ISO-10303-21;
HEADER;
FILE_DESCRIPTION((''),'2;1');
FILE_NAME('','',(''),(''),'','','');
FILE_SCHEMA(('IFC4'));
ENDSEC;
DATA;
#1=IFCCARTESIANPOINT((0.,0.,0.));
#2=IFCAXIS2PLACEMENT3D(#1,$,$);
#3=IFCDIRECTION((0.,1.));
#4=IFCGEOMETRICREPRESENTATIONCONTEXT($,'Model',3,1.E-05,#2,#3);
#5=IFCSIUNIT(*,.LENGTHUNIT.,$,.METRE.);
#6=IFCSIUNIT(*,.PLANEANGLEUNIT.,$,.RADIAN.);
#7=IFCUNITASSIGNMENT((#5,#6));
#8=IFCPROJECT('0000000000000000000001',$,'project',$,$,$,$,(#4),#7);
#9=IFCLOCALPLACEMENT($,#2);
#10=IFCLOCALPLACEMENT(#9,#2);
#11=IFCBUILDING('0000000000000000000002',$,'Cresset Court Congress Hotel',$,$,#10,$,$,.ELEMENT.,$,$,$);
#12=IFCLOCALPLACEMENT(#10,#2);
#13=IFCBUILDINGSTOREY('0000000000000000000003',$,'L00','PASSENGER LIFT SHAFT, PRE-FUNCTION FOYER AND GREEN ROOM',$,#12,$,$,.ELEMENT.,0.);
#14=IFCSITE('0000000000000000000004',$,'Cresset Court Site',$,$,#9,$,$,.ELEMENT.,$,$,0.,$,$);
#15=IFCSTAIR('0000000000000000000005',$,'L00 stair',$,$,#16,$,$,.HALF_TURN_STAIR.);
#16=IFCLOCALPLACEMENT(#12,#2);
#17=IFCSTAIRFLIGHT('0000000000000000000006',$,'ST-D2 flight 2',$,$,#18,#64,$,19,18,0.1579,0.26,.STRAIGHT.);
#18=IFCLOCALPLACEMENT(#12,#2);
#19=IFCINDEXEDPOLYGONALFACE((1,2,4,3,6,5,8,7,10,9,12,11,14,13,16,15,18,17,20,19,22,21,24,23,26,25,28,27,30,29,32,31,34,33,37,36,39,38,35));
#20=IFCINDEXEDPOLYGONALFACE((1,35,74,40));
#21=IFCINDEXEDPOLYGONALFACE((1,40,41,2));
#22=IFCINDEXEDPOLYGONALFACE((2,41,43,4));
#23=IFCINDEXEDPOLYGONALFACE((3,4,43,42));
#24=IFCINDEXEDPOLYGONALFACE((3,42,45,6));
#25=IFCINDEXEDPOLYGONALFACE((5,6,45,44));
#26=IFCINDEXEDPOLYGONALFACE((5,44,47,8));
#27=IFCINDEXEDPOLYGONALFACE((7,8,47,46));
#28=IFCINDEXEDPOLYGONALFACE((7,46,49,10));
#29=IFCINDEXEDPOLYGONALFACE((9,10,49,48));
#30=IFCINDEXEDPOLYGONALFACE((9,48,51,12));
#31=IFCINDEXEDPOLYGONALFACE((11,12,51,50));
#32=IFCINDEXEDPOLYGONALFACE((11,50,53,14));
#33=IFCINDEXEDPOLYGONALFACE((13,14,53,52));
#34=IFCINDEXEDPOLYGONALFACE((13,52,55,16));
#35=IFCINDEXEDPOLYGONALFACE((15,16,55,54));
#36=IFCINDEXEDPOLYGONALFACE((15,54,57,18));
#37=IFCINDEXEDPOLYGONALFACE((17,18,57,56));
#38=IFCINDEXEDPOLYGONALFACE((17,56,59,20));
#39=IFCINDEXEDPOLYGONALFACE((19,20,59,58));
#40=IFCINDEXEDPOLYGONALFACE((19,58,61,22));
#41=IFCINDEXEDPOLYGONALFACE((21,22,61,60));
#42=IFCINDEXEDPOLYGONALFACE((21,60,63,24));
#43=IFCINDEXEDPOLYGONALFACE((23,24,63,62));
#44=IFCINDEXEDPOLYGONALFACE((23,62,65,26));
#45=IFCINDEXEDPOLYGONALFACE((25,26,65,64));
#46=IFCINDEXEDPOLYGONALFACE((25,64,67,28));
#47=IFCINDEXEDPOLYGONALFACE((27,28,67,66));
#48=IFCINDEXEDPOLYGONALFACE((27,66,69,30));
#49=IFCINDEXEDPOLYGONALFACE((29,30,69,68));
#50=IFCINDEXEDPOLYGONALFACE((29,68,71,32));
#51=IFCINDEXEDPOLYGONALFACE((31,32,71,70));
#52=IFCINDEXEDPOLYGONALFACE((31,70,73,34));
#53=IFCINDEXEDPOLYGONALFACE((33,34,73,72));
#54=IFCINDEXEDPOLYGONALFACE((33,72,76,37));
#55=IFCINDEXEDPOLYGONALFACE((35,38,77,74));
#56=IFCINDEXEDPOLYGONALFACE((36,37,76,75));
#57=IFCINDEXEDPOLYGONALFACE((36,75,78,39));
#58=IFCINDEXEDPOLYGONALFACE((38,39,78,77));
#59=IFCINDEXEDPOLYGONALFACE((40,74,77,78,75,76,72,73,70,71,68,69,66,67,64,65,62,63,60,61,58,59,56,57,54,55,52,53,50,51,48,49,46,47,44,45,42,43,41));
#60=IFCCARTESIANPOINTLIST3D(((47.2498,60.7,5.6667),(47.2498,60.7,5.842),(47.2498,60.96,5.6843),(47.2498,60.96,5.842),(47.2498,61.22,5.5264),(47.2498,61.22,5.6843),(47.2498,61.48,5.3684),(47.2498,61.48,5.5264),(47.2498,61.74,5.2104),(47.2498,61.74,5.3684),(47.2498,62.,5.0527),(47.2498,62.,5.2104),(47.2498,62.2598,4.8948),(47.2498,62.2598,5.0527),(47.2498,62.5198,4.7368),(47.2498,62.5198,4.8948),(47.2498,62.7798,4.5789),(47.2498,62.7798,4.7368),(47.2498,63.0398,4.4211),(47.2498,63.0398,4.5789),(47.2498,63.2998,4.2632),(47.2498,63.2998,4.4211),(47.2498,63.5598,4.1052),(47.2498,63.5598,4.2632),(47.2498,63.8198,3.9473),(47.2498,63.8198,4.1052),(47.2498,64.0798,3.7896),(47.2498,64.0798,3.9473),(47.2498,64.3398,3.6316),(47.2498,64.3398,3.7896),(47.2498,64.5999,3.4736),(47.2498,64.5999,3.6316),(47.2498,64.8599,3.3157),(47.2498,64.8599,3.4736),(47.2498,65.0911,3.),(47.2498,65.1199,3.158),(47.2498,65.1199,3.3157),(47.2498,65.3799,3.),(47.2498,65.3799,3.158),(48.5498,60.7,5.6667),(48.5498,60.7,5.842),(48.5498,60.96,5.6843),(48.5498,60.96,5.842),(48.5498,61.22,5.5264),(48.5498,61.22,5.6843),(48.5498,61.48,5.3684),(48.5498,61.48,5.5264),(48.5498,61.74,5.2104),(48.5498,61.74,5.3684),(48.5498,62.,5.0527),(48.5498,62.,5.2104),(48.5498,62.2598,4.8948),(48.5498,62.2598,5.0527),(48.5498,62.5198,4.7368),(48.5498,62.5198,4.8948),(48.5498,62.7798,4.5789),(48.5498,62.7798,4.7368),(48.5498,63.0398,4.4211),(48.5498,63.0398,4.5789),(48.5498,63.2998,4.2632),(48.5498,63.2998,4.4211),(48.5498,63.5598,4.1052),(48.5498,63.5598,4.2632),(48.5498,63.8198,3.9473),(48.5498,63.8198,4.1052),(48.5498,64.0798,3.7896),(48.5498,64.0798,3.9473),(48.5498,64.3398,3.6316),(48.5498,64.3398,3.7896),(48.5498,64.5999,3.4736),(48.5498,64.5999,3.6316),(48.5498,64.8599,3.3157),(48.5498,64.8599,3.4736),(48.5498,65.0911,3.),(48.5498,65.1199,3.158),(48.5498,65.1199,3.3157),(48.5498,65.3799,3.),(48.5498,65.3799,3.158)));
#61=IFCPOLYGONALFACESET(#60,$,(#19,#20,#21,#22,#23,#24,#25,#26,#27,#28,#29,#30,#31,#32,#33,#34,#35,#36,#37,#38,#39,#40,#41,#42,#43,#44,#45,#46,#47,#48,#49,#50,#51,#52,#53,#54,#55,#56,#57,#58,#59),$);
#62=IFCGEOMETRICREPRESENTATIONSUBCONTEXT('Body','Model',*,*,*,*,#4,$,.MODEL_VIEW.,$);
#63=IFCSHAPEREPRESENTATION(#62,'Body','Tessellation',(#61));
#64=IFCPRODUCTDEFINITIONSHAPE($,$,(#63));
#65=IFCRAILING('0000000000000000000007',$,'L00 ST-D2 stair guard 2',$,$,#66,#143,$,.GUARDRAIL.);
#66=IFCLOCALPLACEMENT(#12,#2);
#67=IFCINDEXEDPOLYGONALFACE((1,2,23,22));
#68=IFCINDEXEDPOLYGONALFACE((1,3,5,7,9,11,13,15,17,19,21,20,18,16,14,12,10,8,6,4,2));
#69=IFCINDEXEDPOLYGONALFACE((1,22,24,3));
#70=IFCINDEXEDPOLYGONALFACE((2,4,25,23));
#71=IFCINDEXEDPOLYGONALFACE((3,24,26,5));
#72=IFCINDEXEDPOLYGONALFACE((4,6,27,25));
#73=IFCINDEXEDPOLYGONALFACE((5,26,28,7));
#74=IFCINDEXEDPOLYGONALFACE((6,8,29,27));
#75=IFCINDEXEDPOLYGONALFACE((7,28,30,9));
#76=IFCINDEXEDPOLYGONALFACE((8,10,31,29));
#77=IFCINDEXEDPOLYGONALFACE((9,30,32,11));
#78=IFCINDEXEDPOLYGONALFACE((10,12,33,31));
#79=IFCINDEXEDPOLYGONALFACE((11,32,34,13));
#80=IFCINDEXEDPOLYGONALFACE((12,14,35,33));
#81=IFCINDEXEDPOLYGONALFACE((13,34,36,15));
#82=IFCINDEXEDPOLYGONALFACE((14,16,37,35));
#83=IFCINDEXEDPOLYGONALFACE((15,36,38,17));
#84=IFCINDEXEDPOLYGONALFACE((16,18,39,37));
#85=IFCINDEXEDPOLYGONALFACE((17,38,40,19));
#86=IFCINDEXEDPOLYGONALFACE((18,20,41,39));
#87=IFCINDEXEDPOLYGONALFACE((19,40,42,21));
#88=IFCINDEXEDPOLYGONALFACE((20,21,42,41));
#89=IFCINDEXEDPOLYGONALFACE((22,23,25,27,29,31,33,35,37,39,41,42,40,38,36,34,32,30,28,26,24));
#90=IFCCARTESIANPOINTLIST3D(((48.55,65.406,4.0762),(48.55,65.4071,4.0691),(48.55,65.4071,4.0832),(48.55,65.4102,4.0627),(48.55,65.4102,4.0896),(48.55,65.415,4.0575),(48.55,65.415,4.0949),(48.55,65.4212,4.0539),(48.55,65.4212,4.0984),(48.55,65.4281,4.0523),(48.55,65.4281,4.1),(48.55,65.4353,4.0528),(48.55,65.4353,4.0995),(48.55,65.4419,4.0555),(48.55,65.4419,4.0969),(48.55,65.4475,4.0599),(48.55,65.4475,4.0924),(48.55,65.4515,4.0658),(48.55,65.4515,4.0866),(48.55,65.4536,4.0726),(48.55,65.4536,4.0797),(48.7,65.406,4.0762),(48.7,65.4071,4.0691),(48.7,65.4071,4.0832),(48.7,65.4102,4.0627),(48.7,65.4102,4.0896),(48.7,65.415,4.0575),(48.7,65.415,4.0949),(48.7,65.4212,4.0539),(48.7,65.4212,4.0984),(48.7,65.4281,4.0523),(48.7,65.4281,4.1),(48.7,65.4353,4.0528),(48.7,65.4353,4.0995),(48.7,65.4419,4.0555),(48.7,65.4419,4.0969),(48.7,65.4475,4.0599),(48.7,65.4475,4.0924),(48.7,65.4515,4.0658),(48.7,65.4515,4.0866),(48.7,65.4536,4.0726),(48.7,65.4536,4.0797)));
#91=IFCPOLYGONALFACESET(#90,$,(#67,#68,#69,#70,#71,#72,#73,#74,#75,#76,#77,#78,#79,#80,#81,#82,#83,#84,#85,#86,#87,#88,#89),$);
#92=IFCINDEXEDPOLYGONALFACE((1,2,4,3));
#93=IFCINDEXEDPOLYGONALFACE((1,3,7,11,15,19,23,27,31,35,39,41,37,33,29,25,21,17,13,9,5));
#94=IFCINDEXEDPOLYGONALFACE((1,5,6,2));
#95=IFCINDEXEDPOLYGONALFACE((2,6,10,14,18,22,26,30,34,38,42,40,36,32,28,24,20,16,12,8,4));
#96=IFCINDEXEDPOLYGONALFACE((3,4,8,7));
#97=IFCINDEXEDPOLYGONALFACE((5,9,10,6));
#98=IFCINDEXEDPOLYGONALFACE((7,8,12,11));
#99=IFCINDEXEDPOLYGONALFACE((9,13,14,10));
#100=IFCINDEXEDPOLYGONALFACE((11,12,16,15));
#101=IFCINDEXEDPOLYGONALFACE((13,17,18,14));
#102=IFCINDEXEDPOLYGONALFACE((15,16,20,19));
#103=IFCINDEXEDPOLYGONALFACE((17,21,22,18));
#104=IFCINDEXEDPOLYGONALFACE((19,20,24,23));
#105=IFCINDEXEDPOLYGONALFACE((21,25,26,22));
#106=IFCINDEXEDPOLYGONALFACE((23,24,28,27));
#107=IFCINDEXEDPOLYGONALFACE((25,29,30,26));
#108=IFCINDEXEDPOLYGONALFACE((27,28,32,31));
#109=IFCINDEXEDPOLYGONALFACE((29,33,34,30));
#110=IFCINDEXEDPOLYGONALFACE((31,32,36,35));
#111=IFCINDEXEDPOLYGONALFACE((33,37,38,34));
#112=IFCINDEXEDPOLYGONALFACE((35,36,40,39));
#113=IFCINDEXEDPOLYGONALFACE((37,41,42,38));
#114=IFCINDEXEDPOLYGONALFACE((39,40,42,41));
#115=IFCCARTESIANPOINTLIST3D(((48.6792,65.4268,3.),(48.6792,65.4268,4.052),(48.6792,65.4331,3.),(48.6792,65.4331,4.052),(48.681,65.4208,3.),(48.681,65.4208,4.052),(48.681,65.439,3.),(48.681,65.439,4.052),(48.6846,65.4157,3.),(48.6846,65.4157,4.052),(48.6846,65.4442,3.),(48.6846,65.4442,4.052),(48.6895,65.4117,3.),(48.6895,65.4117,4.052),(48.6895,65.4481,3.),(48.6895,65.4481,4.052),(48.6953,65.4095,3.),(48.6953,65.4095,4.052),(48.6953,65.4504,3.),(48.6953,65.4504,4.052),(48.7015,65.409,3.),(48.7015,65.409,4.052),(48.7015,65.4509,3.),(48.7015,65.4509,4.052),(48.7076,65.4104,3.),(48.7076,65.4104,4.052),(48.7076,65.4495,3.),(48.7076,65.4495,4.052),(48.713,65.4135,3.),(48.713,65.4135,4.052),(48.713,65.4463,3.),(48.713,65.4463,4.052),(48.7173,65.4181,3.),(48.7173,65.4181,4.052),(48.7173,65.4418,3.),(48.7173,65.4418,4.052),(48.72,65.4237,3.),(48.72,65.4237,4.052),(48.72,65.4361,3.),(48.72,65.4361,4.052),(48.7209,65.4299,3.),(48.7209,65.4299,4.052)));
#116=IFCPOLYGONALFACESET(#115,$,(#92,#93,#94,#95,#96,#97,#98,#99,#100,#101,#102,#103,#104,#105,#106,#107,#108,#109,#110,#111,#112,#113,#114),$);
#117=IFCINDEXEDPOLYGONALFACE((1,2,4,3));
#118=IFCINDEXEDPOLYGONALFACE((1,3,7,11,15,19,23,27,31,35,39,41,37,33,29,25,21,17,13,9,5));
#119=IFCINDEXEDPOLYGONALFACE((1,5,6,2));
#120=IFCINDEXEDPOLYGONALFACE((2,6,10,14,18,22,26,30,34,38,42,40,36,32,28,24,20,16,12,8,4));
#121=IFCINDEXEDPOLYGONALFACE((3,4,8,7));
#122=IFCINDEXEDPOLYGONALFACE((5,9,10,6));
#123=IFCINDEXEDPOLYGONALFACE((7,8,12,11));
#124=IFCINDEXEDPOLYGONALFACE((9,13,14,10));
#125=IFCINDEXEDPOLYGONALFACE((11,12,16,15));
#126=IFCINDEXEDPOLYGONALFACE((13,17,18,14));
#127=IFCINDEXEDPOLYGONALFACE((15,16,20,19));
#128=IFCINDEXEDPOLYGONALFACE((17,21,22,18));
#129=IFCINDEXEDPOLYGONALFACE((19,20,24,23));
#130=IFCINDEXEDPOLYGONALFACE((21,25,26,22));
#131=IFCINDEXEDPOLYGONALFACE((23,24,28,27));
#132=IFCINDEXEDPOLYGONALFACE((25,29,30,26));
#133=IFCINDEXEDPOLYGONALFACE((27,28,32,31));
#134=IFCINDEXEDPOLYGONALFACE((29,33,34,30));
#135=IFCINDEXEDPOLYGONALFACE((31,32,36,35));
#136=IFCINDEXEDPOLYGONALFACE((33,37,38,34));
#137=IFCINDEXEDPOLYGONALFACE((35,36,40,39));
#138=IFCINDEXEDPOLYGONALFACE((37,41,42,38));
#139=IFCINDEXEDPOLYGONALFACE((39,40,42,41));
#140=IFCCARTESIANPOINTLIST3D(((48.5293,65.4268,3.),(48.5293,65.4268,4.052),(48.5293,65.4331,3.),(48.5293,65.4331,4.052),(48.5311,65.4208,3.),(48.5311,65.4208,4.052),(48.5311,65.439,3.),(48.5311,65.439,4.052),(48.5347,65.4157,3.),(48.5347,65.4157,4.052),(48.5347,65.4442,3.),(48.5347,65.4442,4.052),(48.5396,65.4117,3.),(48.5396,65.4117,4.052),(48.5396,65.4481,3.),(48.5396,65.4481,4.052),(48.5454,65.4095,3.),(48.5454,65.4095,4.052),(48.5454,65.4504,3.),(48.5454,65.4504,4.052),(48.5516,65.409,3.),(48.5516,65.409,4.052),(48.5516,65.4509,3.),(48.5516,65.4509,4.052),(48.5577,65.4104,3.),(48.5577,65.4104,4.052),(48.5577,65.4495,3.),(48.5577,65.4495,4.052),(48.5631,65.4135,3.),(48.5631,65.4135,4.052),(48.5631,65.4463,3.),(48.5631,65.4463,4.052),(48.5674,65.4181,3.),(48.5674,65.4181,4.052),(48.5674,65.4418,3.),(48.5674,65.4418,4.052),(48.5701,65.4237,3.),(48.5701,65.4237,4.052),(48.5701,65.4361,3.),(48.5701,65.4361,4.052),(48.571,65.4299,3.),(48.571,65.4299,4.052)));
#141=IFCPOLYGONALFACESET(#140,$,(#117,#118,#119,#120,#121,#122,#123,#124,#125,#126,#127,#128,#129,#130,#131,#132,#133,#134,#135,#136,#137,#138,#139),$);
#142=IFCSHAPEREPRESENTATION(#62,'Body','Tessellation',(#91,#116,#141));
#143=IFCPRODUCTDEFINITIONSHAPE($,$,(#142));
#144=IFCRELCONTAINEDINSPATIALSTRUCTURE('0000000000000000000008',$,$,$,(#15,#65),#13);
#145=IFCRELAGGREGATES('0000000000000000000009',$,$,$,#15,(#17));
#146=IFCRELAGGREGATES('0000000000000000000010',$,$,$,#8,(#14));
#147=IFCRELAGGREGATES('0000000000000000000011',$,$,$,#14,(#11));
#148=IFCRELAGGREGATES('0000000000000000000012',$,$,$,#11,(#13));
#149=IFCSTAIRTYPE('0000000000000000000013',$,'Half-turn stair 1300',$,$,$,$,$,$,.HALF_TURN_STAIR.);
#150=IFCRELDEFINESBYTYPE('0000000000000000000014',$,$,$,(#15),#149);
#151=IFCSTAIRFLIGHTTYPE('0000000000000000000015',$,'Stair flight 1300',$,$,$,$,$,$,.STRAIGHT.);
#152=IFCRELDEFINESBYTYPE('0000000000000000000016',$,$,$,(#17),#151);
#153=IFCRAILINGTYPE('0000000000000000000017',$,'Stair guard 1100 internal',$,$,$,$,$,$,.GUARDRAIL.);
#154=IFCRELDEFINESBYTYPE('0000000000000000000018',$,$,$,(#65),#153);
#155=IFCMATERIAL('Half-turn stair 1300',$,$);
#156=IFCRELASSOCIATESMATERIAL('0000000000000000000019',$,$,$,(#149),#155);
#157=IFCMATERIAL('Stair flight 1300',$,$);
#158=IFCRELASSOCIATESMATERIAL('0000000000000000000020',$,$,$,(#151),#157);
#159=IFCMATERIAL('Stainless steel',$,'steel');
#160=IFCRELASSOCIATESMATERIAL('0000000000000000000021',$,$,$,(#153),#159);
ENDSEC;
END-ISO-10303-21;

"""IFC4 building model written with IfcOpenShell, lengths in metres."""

from ifc_helpers import new_model, si_unit, direction, frame, origin, origin_2d, place, context, subcontext, project, spatial, polyline, circle, outline, extrude, material, type_object, element, aggregate, save


model = new_model("IFC4")

# Units and contexts
model_context = context("Model", 3, precision=1e-05, world=origin(), true_north=direction((0.0, 1.0)))
body_context = subcontext(model_context, "Body", "Model", "MODEL_VIEW")
ifc_project = project(units=[si_unit("LENGTHUNIT", "METRE"), si_unit("PLANEANGLEUNIT", "RADIAN")], contexts=[model_context])

# Site, building, storey
site_placement = place(None, origin())
site = spatial("IfcSite", under=ifc_project, at=site_placement, Name="Cresset Court Site", CompositionType="ELEMENT", RefElevation=0.0)
building_placement = place(site_placement, origin())
building = spatial("IfcBuilding", under=site, at=building_placement, Name="Cresset Court Congress Hotel", CompositionType="ELEMENT")
storey_placement = place(building_placement, origin())
storey = spatial("IfcBuildingStorey", under=building, at=storey_placement, Name="L00", Description="PASSENGER LIFT SHAFT, PRE-FUNCTION FOYER AND GREEN ROOM", CompositionType="ELEMENT", Elevation=0.0)

# Stair, stair flight
ifc_material_1 = material(Name="Half-turn stair 1300")
stair_type = type_object("IfcStairType", Name="Half-turn stair 1300", PredefinedType="HALF_TURN_STAIR", material=ifc_material_1)
stair_placement = place(storey_placement, origin())
stair = element("IfcStair", 1, at=stair_placement, inside=storey, type_object=stair_type, Name="L00 stair", PredefinedType="HALF_TURN_STAIR")
ifc_material_2 = material(Name="Stair flight 1300")
stair_flight_type = type_object("IfcStairFlightType", Name="Stair flight 1300", PredefinedType="STRAIGHT", material=ifc_material_2)
stair_flight_placement = place(storey_placement, frame((47.8999, 65.3799, 3.0), z_axis=(0.0, 0.0, 1.0), x_axis=(0.0, -1.0, 0.0)))
stair_flight = element("IfcStairFlight", 2, at=stair_flight_placement, type_object=stair_flight_type, Name="ST-D2 flight 2", NumberOfRisers=19, NumberOfTreads=18, PredefinedType="STRAIGHT", RiserHeight=0.1579, TreadLength=0.26, context=body_context, shape_type="SweptSolid", body=[
    extrude(outline(polyline([(0.0, 0.0), (0.0, 0.158), (0.26, 0.158), (0.26, 0.3157), (0.52, 0.3157), (0.52, 0.4736), (0.78, 0.4736), (0.78, 0.6316), (1.04, 0.6316), (1.04, 0.7896), (1.3, 0.7896), (1.3, 0.9473), (1.5601, 0.9473), (1.5601, 1.1052), (1.8201, 1.1052), (1.8201, 1.2632), (2.0801, 1.2632), (2.0801, 1.4211), (2.3401, 1.4211), (2.3401, 1.5789), (2.6001, 1.5789), (2.6001, 1.7368), (2.8601, 1.7368), (2.8601, 1.8948), (3.1201, 1.8948), (3.1201, 2.0527), (3.3799, 2.0527), (3.3799, 2.2104), (3.6399, 2.2104), (3.6399, 2.3684), (3.8999, 2.3684), (3.8999, 2.5264), (4.1599, 2.5264), (4.1599, 2.6843), (4.4199, 2.6843), (4.4199, 2.842), (4.6799, 2.842), (4.6799, 3.0), (4.6799, 2.6667), (0.2888, 0.0), (0.0, 0.0)])), frame((0.0, 0.6499, 0.0), z_axis=(0.0, -1.0, 0.0), x_axis=(1.0, 0.0, 0.0)), (0.0, 0.0, 1.0), 1.3),
])
aggregate(stair, [stair_flight])

# Railing
ifc_material_3 = material(Name="Stainless steel", Category="steel")
railing_type_1 = type_object("IfcRailingType", Name="Stair guard 1100 internal", PredefinedType="GUARDRAIL", material=ifc_material_3)
railing_1_placement = place(storey_placement, frame((48.7, 65.4299, 3.0)))
element("IfcRailing", 3, at=railing_1_placement, inside=storey, type_object=railing_type_1, Name="L00 ST-D2 stair guard 2", PredefinedType="GUARDRAIL", context=body_context, shape_type="SweptSolid", body=[
    extrude(circle(Radius=0.0239, at=origin_2d()), frame((0.0, 0.0, 1.0762), z_axis=(-1.0, 0.0, 0.0), x_axis=(0.0, -1.0, 0.0)), (0.0, 0.0, 1.0), 0.1499),
    extrude(circle(Radius=0.021, at=origin_2d()), origin(), (0.0, 0.0, 1.0), 1.052),
    extrude(circle(Radius=0.021, at=origin_2d()), frame((-0.1499, 0.0, 0.0)), (0.0, 0.0, 1.0), 1.052),
])

save(model, "model.ifc")
